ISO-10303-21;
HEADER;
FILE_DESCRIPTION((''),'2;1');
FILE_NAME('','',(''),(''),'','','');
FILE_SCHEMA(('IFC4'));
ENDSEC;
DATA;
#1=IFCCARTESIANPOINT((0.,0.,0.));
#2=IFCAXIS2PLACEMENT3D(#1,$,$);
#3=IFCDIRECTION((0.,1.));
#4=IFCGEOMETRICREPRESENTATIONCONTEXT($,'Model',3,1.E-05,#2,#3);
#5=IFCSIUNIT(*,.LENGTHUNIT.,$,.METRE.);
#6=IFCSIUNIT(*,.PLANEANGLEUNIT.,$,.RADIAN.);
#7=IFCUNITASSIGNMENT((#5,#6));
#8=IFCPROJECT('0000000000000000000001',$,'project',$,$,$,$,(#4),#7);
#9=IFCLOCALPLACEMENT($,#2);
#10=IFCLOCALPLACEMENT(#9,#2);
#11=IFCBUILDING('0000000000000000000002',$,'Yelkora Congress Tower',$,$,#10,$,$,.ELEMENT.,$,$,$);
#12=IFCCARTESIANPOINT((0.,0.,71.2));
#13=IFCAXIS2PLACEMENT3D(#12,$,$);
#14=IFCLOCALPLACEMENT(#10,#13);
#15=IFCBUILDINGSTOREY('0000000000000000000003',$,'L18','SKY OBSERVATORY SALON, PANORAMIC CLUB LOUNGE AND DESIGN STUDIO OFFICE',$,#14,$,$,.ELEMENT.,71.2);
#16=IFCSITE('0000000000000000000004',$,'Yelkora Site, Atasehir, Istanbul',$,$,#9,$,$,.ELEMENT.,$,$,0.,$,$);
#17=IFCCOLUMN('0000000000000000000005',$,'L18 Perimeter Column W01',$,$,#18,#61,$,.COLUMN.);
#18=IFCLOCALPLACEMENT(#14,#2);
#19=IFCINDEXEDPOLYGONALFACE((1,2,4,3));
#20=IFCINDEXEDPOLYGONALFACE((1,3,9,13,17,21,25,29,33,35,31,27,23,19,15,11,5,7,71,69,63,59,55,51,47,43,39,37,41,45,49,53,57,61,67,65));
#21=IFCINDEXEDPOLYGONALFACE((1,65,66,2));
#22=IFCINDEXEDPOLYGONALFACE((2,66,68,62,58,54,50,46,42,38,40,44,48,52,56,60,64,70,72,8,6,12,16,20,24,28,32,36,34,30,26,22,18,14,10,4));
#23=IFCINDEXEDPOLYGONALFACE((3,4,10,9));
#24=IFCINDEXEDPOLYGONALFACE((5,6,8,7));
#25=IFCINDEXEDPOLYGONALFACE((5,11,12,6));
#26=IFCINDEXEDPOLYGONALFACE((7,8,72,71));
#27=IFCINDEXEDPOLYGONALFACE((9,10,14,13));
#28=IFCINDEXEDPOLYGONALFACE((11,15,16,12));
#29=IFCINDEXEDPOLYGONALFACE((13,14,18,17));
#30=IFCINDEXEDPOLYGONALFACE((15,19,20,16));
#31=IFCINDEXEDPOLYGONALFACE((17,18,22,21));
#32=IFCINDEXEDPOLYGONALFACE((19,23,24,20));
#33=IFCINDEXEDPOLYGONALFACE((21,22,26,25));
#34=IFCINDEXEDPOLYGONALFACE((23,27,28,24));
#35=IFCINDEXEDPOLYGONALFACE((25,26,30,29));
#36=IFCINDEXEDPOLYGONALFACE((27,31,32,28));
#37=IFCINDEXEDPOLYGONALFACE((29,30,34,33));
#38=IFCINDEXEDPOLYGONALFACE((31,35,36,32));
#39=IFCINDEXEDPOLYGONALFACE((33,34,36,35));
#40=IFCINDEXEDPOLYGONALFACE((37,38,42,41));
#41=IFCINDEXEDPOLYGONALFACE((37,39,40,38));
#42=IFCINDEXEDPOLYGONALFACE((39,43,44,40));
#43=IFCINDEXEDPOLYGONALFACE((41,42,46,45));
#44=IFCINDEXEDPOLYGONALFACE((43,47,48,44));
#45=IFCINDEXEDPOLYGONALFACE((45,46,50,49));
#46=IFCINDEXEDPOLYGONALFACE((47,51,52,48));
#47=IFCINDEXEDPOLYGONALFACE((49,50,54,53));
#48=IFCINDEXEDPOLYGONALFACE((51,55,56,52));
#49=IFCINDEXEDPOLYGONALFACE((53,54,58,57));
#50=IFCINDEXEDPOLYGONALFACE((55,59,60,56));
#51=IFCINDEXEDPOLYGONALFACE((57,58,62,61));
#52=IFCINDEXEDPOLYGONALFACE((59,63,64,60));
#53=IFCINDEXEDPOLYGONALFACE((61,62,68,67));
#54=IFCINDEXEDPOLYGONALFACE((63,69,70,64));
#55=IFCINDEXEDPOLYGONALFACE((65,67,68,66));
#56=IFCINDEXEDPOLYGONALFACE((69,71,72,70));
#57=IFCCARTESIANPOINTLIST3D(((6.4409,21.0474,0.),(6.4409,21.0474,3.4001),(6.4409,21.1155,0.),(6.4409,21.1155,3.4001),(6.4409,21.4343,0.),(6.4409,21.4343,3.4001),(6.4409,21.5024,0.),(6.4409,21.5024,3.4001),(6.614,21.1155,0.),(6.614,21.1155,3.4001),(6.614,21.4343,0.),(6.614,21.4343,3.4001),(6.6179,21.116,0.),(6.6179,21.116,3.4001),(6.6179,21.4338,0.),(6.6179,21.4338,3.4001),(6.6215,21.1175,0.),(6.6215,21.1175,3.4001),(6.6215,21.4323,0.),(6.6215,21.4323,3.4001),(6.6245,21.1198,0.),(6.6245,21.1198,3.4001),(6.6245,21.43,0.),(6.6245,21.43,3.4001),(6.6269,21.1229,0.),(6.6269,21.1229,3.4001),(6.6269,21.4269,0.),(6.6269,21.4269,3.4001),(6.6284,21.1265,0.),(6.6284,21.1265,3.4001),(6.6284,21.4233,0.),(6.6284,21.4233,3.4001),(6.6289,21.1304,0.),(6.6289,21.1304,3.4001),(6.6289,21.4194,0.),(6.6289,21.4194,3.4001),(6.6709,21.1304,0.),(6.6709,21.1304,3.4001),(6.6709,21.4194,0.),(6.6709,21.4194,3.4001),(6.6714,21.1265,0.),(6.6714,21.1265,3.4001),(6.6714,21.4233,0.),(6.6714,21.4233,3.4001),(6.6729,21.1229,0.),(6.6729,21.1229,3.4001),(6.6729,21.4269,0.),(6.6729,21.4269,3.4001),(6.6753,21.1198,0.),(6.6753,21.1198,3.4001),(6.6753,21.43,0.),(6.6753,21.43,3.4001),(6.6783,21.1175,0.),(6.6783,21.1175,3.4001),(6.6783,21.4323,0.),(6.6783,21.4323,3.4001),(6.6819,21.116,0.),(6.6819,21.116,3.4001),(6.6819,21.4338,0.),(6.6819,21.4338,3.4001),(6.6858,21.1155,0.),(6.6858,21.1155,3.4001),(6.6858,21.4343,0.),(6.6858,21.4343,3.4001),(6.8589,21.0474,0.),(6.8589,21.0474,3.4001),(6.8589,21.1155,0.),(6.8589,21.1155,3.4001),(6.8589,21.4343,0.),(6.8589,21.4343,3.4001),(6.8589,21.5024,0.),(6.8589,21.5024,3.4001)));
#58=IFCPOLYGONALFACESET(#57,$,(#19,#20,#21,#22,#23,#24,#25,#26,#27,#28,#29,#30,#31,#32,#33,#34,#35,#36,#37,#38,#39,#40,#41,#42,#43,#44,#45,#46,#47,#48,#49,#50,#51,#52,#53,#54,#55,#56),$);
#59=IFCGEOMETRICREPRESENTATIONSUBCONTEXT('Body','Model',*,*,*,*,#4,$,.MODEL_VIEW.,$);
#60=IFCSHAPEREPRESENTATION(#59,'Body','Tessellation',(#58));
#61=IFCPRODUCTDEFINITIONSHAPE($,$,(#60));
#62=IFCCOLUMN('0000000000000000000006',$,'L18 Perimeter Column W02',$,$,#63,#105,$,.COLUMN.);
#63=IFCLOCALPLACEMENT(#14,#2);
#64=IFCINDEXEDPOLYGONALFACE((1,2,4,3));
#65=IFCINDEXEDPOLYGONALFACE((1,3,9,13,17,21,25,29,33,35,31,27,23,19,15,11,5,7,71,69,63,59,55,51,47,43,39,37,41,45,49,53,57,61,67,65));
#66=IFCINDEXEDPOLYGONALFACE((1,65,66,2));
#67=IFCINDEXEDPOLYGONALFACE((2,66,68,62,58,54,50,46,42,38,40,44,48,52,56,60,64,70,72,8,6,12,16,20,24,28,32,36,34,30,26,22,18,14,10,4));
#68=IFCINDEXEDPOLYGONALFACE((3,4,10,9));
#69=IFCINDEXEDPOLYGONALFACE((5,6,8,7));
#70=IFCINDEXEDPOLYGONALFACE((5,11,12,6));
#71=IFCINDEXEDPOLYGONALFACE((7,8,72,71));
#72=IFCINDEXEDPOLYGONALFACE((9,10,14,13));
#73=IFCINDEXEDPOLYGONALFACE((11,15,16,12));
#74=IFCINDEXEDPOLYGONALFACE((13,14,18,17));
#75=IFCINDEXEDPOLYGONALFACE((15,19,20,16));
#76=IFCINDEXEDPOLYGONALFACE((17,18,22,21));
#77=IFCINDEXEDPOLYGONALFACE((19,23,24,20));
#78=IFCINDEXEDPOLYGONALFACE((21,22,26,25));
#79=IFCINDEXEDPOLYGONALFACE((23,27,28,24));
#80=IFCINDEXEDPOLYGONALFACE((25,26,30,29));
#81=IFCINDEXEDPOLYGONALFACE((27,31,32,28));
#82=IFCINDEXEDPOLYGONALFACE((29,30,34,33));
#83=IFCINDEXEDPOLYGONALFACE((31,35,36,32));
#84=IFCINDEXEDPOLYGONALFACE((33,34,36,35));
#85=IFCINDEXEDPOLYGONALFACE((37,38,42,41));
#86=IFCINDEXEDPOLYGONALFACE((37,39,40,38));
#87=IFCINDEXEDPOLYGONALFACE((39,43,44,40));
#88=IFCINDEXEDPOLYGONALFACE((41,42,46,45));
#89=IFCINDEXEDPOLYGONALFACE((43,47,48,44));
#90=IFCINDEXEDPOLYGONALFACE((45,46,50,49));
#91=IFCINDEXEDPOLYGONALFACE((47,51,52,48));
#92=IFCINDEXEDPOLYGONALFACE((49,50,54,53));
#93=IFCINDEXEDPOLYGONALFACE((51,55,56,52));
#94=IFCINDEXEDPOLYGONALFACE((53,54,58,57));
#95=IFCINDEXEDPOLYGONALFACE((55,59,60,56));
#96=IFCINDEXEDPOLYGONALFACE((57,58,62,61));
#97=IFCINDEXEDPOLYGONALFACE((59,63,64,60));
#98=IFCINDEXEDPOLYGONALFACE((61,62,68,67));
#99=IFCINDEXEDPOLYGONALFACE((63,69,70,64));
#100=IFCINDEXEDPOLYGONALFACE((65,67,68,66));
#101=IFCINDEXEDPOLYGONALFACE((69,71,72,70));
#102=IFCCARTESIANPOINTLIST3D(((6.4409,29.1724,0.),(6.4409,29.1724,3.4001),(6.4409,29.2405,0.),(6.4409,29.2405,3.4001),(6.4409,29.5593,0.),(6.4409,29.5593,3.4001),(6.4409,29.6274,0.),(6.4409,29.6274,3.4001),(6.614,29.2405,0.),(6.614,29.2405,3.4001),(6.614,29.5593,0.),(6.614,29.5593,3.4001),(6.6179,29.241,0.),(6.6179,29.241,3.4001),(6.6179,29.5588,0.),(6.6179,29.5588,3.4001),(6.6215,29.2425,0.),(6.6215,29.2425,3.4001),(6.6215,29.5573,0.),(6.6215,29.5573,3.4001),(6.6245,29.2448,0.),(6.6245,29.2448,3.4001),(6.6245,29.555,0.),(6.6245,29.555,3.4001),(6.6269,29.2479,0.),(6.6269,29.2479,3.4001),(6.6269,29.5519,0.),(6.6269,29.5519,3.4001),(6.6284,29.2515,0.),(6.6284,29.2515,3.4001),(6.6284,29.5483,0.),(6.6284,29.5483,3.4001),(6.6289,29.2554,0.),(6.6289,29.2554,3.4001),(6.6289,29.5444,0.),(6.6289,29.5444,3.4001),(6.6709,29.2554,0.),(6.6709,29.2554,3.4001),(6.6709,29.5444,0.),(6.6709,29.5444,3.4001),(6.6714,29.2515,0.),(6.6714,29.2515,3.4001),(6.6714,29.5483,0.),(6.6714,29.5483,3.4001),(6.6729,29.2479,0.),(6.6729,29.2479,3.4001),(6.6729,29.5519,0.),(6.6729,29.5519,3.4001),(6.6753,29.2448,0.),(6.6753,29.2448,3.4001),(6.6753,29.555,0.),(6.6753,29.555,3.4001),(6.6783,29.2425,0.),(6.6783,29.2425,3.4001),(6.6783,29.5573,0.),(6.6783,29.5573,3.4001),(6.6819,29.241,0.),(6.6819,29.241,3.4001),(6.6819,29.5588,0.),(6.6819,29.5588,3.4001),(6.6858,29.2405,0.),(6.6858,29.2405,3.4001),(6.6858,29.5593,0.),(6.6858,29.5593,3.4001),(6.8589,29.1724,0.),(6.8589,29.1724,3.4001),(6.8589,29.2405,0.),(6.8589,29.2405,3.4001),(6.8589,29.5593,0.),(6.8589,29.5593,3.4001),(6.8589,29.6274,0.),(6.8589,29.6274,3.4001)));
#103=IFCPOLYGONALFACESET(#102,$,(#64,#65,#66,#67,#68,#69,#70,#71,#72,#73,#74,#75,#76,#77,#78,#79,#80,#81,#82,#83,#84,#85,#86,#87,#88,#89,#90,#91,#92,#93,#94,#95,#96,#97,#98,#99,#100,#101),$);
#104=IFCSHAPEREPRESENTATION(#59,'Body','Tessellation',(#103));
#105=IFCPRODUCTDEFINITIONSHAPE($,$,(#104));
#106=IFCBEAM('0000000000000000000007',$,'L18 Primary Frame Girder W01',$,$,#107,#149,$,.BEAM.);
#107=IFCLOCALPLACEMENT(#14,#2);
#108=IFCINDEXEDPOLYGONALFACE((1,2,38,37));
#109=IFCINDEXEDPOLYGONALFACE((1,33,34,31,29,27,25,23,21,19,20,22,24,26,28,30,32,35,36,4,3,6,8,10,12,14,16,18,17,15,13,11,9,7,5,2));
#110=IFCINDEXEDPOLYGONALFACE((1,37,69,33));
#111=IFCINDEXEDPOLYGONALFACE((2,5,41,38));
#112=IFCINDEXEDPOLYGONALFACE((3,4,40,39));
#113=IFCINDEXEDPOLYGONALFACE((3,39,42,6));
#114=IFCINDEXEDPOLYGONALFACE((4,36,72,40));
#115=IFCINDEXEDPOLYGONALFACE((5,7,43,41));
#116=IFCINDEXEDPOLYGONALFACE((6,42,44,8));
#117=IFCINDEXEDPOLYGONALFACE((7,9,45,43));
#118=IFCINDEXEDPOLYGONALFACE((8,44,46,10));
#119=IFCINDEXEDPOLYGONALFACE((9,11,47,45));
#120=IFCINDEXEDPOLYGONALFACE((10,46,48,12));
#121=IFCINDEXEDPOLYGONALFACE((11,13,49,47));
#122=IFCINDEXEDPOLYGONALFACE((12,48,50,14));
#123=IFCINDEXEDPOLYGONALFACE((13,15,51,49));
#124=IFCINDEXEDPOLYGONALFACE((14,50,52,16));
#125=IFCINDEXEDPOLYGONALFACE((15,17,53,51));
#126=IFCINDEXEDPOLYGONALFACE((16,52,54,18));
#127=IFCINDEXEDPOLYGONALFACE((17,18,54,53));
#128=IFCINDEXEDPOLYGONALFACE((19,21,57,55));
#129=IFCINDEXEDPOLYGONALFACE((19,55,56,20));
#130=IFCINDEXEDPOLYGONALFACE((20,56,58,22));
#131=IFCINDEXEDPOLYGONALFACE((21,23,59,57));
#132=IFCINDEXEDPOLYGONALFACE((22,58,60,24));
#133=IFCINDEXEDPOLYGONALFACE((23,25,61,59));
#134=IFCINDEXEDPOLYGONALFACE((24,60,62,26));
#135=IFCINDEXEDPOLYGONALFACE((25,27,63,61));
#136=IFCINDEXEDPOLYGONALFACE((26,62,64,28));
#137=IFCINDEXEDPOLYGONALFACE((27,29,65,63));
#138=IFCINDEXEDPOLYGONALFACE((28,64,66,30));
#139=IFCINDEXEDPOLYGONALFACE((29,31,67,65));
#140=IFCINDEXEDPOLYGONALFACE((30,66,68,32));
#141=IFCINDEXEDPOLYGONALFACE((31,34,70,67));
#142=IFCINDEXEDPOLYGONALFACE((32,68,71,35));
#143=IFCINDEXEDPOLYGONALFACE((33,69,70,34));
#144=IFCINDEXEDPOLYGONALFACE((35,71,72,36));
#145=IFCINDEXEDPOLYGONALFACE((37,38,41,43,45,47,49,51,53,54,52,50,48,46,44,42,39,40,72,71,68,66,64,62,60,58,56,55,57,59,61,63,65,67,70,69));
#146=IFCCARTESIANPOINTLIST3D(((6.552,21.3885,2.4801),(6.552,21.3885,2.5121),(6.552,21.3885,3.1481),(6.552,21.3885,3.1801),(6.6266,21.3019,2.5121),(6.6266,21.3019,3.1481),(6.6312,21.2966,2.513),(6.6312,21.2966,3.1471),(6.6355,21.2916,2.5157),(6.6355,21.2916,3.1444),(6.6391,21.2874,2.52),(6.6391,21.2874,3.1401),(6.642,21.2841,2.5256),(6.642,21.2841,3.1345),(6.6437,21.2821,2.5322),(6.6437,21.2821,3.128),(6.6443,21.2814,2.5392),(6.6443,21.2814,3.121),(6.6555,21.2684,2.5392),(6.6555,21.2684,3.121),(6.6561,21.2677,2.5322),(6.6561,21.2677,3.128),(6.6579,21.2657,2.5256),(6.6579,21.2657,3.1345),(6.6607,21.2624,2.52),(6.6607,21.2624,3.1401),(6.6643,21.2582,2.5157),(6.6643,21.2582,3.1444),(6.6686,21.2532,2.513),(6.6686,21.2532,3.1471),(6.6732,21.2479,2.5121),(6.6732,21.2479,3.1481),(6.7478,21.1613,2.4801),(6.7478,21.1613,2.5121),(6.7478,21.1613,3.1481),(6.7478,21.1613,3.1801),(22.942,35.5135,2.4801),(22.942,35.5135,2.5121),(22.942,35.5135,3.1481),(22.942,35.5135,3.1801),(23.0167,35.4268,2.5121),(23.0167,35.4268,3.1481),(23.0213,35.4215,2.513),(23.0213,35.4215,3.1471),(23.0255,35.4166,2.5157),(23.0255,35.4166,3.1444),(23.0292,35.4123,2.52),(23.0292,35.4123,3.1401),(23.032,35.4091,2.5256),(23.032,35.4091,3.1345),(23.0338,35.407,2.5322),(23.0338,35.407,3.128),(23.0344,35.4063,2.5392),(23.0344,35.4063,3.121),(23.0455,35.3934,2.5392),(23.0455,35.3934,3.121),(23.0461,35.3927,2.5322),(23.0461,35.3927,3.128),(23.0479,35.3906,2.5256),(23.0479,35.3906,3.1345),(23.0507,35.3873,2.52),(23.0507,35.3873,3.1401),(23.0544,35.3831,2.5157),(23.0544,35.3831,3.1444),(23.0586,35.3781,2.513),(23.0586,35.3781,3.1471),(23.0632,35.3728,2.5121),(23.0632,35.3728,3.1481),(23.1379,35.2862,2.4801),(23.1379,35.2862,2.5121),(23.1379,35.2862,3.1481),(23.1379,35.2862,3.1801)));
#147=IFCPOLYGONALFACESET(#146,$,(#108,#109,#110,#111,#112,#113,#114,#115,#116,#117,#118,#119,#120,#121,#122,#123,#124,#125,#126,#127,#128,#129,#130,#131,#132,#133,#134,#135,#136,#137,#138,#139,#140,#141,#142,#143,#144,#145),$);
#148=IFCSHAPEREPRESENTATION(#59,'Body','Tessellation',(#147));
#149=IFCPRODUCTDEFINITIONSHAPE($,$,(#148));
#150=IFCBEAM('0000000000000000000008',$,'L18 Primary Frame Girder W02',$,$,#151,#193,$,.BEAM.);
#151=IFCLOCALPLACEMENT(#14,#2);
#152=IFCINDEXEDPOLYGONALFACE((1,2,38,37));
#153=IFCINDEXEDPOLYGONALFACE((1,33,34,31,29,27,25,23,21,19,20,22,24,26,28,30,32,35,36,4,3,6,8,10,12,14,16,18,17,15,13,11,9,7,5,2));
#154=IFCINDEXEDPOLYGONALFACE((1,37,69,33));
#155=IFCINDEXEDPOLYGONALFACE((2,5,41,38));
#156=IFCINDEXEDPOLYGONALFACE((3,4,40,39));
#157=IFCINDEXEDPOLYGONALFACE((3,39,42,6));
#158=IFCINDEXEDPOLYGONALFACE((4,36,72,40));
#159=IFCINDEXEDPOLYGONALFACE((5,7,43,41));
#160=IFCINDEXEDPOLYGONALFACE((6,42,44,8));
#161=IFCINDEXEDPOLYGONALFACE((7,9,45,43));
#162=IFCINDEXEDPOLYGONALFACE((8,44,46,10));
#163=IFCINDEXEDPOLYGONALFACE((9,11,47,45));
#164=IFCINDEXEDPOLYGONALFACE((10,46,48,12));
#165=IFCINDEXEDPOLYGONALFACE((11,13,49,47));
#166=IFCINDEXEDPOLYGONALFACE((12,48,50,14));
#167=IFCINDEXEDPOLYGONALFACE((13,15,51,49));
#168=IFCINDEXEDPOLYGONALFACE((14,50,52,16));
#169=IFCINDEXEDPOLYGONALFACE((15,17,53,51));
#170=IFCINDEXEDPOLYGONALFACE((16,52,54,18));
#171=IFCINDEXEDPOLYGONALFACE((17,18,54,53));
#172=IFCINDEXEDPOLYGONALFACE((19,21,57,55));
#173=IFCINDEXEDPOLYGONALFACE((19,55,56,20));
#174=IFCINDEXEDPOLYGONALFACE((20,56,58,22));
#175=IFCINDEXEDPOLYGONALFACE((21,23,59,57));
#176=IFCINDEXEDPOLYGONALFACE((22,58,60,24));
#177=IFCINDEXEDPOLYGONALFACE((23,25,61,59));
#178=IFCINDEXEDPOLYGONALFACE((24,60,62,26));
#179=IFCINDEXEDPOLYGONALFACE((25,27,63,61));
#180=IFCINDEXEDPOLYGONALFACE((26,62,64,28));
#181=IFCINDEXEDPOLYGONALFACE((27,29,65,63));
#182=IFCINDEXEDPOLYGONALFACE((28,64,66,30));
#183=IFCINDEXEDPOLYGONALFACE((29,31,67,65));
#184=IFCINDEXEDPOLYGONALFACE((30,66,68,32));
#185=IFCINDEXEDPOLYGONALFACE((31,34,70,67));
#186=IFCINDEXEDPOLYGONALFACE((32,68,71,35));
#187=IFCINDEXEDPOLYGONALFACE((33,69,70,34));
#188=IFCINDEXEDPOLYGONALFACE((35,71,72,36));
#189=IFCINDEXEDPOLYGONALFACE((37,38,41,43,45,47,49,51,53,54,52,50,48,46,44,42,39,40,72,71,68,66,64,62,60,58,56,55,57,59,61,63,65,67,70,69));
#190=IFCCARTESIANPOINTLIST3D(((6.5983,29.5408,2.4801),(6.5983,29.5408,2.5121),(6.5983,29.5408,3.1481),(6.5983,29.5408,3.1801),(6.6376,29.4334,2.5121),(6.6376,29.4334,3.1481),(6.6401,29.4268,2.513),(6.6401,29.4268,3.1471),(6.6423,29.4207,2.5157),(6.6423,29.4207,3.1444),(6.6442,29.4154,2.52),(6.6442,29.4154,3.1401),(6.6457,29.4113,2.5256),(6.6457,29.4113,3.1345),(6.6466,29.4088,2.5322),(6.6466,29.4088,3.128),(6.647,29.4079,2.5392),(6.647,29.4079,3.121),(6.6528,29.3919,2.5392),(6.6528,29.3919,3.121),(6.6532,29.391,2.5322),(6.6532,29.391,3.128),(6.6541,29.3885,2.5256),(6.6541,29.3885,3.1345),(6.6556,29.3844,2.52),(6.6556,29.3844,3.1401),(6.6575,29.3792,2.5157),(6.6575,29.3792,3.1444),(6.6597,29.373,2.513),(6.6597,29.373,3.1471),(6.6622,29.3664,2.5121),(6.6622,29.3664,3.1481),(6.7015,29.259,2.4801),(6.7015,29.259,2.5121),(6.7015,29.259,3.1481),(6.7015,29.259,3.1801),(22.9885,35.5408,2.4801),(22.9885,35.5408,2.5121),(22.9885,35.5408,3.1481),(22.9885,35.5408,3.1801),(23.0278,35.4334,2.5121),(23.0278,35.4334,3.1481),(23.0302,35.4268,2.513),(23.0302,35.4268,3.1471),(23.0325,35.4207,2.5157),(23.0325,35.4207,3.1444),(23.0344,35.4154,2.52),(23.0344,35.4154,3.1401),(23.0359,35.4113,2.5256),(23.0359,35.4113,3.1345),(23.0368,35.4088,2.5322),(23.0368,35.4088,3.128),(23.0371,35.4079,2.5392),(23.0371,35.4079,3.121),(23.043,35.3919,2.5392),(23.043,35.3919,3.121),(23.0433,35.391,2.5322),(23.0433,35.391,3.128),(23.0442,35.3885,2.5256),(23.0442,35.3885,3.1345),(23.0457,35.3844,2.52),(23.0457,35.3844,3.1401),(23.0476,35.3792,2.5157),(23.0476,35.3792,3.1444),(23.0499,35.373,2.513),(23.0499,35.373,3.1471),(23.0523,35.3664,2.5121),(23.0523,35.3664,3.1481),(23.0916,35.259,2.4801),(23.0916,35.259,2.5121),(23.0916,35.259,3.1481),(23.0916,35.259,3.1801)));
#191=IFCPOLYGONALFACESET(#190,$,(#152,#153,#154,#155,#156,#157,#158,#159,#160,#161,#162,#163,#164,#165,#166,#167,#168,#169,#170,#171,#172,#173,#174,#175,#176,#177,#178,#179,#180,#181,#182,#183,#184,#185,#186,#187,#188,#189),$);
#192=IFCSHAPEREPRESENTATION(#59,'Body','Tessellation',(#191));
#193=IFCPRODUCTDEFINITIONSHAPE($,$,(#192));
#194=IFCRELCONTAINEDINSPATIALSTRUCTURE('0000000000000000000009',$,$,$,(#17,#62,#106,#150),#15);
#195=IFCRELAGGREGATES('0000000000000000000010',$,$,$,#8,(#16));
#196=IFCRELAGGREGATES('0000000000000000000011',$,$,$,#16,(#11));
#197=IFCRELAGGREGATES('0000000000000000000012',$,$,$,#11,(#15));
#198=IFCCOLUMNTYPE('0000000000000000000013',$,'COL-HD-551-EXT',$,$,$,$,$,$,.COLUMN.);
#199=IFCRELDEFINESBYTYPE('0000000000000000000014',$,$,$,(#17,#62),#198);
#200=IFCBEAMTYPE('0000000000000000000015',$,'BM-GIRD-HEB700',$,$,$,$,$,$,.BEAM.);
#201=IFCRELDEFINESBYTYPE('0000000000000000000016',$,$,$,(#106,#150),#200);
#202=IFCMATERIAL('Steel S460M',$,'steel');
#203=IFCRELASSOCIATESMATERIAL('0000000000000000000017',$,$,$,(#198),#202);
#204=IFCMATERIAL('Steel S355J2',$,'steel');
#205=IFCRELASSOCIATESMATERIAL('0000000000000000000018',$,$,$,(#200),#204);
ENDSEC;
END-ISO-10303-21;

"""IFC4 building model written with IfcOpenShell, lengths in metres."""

from ifc_helpers import new_model, si_unit, direction, frame, origin, origin_2d, place, context, subcontext, project, spatial, i_section, extrude, material, material_profile, profile_set, type_object, element, save


model = new_model("IFC4")

# Units and contexts
model_context = context("Model", 3, precision=1e-05, world=origin(), true_north=direction((0.0, 1.0)))
body_context = subcontext(model_context, "Body", "Model", "MODEL_VIEW")
ifc_project = project(units=[si_unit("LENGTHUNIT", "METRE"), si_unit("PLANEANGLEUNIT", "RADIAN")], contexts=[model_context])

# Site, building, storey
site_placement = place(None, origin())
site = spatial("IfcSite", under=ifc_project, at=site_placement, Name="Yelkora Site, Atasehir, Istanbul", CompositionType="ELEMENT", RefElevation=0.0)
building_placement = place(site_placement, origin())
building = spatial("IfcBuilding", under=site, at=building_placement, Name="Yelkora Congress Tower", CompositionType="ELEMENT")
storey_placement = place(building_placement, frame((0.0, 0.0, 71.2)))
storey = spatial("IfcBuildingStorey", under=building, at=storey_placement, Name="L18", Description="SKY OBSERVATORY SALON, PANORAMIC CLUB LOUNGE AND DESIGN STUDIO OFFICE", CompositionType="ELEMENT", Elevation=71.2)

# Columns
ifc_material_1 = material(Name="Steel S460M", Category="steel")
ifc_material_profile_1 = material_profile(ifc_material_1, i_section(OverallWidth=0.418, OverallDepth=0.4551, WebThickness=0.042, FlangeThickness=0.0681, FilletRadius=0.0149, at=origin_2d()), Name="HD 400x551")
ifc_profile_set_1 = profile_set([ifc_material_profile_1], Name="Steel S460M")
column_type = type_object("IfcColumnType", Name="COL-HD-551-EXT", PredefinedType="COLUMN", material=ifc_profile_set_1)
for number, where, z_axis, x_axis, name in (
    (1, (6.6499, 21.2749, 0.0), (0.0, 0.0, 1.0), (1.0, 0.0, 0.0), "L18 Perimeter Column W01"),
    (2, (6.6499, 29.3999, 0.0), (0.0, 0.0, 1.0), (1.0, 0.0, 0.0), "L18 Perimeter Column W02"),
):
    element("IfcColumn", number, at=place(storey_placement, frame(where, z_axis=z_axis, x_axis=x_axis)), inside=storey, type_object=column_type, Name=name, PredefinedType="COLUMN", context=body_context, shape_type="SweptSolid", body=[
        extrude(i_section(OverallWidth=0.418, OverallDepth=0.4551, WebThickness=0.042, FlangeThickness=0.0681, FilletRadius=0.0149, at=origin_2d()), origin(), (0.0, 0.0, 1.0), 3.4001),
    ])

# Beams
ifc_material_2 = material(Name="Steel S355J2", Category="steel")
ifc_material_profile_2 = material_profile(ifc_material_2, i_section(OverallWidth=0.3, OverallDepth=0.7, WebThickness=0.0171, FlangeThickness=0.032, FilletRadius=0.0271, at=origin_2d()), Name="HEB 700")
ifc_profile_set_2 = profile_set([ifc_material_profile_2], Name="Steel S355J2")
beam_type_1 = type_object("IfcBeamType", Name="BM-GIRD-HEB700", PredefinedType="BEAM", material=ifc_profile_set_2)
beam_1_placement = place(storey_placement, frame((6.6499, 21.2749, 2.8301), z_axis=(0.757511, 0.652822, 0.0), x_axis=(-0.652822, 0.757511, 0.0)))
element("IfcBeam", 3, at=beam_1_placement, inside=storey, type_object=beam_type_1, Name="L18 Primary Frame Girder W01", PredefinedType="BEAM", context=body_context, shape_type="SweptSolid", body=[
    extrude(i_section(OverallWidth=0.3, OverallDepth=0.7, WebThickness=0.0171, FlangeThickness=0.032, FilletRadius=0.0271, at=origin_2d()), origin(), (0.0, 0.0, 1.0), 21.6367),
])
beam_2_placement = place(storey_placement, frame((6.6499, 29.3999, 2.8301), z_axis=(0.939056, 0.343764, 0.0), x_axis=(-0.343764, 0.939056, 0.0)))
element("IfcBeam", 4, at=beam_2_placement, inside=storey, type_object=beam_type_1, Name="L18 Primary Frame Girder W02", PredefinedType="BEAM", context=body_context, shape_type="SweptSolid", body=[
    extrude(i_section(OverallWidth=0.3, OverallDepth=0.7, WebThickness=0.0171, FlangeThickness=0.032, FilletRadius=0.0271, at=origin_2d()), origin(), (0.0, 0.0, 1.0), 17.4539),
])

save(model, "model.ifc")
